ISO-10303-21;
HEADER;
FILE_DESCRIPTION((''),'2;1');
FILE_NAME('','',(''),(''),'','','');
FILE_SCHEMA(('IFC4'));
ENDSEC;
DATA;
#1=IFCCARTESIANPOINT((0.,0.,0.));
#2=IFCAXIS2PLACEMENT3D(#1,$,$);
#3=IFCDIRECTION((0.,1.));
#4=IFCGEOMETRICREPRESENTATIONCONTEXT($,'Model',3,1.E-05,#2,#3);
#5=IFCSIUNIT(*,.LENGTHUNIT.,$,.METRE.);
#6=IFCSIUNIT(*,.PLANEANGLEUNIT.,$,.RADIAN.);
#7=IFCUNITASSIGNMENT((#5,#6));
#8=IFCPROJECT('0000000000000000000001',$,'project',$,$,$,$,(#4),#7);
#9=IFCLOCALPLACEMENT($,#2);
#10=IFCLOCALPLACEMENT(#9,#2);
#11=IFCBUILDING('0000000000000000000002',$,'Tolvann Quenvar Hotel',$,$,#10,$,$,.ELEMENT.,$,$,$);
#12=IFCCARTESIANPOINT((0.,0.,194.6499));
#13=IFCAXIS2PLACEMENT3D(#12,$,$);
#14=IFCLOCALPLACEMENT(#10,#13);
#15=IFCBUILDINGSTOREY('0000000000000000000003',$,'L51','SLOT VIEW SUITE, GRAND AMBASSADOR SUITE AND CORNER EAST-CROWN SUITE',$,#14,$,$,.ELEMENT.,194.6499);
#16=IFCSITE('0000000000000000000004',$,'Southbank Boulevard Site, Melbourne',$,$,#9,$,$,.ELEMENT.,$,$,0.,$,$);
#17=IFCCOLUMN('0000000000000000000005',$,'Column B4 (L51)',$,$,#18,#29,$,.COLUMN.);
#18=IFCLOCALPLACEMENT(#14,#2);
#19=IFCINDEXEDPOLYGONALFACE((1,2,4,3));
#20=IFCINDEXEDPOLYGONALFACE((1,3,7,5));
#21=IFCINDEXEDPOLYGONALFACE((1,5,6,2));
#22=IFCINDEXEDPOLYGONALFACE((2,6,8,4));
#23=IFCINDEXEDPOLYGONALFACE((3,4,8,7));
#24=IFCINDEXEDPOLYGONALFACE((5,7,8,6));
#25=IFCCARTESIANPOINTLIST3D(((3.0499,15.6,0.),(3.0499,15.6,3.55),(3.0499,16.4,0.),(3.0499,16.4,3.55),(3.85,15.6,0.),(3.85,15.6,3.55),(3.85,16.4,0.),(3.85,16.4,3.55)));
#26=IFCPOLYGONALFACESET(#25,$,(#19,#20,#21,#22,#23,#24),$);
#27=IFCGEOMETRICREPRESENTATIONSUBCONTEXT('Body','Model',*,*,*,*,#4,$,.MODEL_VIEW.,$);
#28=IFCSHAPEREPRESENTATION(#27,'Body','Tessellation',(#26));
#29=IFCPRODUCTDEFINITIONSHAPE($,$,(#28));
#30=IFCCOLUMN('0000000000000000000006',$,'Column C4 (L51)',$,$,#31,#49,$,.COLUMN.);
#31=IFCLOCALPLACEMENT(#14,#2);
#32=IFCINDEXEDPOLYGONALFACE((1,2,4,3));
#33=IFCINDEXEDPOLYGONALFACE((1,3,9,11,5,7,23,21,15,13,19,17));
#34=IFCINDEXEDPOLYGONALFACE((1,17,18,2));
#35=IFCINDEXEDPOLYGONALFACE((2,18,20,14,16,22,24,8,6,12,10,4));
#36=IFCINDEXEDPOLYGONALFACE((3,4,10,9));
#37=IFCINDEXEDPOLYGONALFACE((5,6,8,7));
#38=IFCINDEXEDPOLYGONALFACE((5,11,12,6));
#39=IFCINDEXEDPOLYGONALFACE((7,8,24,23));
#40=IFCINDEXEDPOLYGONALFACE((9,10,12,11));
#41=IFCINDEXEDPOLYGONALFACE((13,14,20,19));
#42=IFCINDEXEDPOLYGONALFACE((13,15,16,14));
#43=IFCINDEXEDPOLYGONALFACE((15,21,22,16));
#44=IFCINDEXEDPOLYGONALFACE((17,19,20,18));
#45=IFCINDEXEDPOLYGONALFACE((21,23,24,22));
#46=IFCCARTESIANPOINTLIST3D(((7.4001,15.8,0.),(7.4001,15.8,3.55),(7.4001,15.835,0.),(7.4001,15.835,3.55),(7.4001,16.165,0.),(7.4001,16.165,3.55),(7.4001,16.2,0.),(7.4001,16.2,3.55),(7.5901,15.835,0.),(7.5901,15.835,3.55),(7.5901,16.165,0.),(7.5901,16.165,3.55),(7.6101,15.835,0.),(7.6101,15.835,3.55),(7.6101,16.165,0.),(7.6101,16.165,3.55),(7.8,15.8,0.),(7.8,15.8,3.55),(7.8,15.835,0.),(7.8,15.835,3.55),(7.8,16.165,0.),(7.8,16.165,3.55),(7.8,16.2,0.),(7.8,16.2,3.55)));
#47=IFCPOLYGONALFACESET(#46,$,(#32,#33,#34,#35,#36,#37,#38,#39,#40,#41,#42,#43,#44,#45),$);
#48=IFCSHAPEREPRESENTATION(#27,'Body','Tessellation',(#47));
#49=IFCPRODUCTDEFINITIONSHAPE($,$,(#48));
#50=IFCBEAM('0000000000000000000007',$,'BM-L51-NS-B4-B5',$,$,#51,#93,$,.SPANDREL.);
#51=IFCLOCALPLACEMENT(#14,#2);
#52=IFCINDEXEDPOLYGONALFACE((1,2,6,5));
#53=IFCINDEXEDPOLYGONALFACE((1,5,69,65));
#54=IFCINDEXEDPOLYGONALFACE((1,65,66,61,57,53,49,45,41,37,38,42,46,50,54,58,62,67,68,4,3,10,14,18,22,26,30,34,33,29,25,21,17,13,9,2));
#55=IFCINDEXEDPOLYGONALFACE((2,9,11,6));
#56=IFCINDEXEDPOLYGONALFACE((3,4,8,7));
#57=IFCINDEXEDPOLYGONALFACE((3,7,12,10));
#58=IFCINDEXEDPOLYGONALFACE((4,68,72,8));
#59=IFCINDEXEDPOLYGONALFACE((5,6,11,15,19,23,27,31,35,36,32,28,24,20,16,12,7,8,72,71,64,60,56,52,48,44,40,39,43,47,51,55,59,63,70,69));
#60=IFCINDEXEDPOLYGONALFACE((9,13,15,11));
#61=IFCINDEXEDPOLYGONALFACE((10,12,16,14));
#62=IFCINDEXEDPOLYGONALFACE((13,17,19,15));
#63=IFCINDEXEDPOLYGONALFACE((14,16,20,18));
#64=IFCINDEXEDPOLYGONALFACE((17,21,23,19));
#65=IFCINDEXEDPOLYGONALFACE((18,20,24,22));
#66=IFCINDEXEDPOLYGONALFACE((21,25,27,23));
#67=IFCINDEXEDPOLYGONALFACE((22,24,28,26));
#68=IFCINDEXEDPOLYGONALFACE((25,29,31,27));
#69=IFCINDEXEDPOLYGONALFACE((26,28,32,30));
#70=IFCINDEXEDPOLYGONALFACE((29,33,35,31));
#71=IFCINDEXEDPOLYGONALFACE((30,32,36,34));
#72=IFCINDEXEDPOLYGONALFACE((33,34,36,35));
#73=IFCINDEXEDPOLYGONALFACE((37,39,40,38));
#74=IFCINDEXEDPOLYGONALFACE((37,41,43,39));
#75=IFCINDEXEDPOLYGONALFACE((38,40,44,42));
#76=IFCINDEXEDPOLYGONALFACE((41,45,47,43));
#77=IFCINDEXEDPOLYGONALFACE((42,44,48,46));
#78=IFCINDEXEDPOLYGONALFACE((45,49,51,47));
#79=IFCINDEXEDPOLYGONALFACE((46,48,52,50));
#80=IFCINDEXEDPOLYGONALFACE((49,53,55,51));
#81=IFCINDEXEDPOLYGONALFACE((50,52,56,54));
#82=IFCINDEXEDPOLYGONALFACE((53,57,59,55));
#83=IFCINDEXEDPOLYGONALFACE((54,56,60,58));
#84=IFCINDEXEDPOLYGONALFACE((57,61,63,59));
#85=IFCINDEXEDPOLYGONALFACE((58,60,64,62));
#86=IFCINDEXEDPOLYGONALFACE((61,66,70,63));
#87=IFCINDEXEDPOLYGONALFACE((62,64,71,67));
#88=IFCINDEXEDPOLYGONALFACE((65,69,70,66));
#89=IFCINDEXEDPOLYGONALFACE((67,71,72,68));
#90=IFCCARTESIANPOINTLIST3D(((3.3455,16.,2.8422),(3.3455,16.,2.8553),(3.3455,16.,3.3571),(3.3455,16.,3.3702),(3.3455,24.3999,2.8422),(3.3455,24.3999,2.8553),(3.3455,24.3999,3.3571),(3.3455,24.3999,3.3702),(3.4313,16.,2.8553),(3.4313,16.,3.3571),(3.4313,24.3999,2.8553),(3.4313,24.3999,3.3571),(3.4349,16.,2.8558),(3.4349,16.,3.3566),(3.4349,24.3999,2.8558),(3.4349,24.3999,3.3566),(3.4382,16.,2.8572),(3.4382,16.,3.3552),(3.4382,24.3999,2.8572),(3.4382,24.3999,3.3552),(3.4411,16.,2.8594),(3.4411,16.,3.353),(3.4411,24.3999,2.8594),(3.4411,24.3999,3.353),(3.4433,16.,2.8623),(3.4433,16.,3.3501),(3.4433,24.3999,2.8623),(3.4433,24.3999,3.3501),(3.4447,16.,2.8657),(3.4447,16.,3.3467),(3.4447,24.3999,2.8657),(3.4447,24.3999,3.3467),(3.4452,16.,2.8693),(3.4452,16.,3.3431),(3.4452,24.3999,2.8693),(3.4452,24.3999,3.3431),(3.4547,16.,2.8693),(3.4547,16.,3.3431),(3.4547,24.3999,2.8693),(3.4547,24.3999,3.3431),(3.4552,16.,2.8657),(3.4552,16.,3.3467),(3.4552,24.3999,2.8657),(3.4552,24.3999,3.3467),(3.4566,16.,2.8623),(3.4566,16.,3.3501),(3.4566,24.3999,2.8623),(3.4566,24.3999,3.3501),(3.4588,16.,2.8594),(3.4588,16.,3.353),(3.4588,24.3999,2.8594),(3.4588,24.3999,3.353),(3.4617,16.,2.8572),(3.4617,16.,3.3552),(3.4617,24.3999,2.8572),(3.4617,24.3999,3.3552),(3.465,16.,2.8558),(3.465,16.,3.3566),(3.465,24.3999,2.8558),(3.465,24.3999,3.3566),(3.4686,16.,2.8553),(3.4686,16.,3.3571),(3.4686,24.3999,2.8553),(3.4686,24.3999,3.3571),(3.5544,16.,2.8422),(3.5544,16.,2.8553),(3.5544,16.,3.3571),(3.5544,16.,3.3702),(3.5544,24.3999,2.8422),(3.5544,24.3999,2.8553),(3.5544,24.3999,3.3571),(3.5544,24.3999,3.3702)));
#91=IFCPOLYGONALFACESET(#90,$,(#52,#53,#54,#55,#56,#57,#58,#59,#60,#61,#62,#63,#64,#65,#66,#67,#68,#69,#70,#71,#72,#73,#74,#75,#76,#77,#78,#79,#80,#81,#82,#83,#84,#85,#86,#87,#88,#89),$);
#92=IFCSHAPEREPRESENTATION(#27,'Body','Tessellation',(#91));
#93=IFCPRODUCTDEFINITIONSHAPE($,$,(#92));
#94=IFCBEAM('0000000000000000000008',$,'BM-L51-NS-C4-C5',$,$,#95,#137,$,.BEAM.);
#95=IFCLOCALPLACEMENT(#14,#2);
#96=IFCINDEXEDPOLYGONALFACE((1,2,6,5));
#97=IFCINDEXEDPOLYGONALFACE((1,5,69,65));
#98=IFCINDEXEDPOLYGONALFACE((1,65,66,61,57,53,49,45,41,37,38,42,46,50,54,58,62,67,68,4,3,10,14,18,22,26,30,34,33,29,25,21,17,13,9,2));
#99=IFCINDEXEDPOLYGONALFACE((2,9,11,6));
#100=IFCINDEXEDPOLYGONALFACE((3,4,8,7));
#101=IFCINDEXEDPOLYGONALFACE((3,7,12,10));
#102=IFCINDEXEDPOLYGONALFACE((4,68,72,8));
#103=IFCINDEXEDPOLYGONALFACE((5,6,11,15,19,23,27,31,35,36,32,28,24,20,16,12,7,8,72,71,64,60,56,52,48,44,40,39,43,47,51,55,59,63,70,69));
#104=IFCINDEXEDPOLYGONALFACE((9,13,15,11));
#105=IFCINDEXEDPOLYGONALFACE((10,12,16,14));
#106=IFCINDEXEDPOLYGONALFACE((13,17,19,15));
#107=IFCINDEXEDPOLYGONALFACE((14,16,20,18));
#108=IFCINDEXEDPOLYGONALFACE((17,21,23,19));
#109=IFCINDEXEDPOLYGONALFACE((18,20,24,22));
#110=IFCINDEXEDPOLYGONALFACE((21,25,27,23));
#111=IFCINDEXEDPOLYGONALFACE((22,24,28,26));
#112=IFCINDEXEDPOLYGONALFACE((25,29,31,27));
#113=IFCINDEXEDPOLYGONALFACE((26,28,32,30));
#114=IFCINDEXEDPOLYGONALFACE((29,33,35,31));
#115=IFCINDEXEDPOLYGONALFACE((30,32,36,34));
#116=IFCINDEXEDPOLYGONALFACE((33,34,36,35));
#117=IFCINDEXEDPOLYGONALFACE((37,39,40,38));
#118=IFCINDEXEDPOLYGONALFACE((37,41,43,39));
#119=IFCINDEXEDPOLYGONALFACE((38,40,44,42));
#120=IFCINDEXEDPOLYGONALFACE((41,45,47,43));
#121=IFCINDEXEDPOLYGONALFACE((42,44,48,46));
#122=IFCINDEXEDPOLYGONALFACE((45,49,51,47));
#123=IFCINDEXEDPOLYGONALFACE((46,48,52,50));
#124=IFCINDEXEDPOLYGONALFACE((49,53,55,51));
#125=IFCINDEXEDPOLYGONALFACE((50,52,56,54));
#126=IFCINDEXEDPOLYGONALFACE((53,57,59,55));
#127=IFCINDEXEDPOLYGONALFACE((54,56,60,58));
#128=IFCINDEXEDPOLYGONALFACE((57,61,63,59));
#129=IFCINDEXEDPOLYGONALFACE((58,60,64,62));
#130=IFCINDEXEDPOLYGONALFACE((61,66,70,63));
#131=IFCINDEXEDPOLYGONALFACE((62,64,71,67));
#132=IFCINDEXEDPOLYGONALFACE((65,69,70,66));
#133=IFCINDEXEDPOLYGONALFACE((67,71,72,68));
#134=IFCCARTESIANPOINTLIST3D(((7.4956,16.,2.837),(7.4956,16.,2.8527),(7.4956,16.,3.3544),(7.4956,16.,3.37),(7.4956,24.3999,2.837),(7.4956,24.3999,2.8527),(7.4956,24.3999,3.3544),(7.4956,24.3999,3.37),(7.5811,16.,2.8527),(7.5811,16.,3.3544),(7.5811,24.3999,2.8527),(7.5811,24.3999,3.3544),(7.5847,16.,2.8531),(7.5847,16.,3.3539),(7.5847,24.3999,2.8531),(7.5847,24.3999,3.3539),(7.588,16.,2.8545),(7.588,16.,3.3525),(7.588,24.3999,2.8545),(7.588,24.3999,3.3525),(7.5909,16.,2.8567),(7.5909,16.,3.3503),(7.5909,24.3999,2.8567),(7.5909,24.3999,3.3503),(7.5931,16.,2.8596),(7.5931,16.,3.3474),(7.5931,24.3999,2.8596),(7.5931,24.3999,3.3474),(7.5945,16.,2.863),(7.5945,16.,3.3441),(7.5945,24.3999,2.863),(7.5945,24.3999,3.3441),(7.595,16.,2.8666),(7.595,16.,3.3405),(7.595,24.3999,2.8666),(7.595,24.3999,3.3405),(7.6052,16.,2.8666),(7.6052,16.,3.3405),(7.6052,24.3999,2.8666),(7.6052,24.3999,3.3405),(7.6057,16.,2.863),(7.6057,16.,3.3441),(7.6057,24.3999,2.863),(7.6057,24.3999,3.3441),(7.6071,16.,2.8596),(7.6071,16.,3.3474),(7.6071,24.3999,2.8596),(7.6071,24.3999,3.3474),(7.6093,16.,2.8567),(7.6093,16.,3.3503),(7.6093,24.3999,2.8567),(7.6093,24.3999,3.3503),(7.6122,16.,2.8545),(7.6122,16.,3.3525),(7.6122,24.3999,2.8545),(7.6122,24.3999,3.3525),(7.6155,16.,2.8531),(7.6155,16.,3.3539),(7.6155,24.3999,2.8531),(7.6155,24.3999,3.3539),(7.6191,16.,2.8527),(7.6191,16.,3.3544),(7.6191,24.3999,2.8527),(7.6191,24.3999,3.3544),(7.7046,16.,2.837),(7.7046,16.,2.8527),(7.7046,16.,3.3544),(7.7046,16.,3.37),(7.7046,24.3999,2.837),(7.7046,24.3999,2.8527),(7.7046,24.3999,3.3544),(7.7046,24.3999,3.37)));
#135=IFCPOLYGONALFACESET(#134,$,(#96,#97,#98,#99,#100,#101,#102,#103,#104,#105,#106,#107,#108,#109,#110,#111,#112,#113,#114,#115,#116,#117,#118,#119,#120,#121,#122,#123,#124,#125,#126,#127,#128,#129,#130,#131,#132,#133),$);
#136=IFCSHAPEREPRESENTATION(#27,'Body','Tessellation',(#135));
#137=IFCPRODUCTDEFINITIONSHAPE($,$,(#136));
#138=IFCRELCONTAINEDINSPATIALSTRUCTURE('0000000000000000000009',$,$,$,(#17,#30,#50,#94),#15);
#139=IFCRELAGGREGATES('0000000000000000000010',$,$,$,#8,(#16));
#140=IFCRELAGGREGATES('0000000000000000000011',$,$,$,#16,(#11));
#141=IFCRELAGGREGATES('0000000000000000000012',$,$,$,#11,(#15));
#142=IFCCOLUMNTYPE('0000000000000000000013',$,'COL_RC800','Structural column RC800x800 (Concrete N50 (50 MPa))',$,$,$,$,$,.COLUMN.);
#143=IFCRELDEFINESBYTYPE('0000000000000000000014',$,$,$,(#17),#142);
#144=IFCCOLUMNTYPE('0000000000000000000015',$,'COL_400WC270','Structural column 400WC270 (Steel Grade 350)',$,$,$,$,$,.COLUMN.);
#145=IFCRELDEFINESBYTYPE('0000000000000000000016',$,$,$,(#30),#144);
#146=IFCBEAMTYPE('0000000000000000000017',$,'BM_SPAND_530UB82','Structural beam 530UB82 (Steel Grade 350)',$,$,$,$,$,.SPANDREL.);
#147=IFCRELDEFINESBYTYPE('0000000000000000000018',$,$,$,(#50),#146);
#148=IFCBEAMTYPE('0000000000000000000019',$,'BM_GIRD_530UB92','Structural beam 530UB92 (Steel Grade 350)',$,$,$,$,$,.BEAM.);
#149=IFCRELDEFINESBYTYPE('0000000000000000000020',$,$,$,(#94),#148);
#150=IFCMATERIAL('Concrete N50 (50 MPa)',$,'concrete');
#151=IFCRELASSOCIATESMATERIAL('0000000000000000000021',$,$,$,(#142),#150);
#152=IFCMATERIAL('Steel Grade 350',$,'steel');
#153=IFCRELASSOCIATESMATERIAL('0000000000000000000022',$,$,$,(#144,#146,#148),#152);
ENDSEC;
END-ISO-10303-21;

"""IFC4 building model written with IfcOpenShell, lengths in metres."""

from ifc_helpers import new_model, si_unit, direction, frame, origin, origin_2d, place, context, subcontext, project, spatial, rectangle, i_section, extrude, source, transform, mapped, material, material_profile, profile_set, type_object, type_shapes, element, save


model = new_model("IFC4")

# Units and contexts
model_context = context("Model", 3, precision=1e-05, world=origin(), true_north=direction((0.0, 1.0)))
body_context = subcontext(model_context, "Body", "Model", "MODEL_VIEW")
ifc_project = project(units=[si_unit("LENGTHUNIT", "METRE"), si_unit("PLANEANGLEUNIT", "RADIAN")], contexts=[model_context])

# Site, building, storey
site_placement = place(None, origin())
site = spatial("IfcSite", under=ifc_project, at=site_placement, Name="Southbank Boulevard Site, Melbourne", CompositionType="ELEMENT", RefElevation=0.0)
building_placement = place(site_placement, origin())
building = spatial("IfcBuilding", under=site, at=building_placement, Name="Tolvann Quenvar Hotel", CompositionType="ELEMENT")
storey_placement = place(building_placement, frame((0.0, 0.0, 194.6499)))
storey = spatial("IfcBuildingStorey", under=building, at=storey_placement, Name="L51", Description="SLOT VIEW SUITE, GRAND AMBASSADOR SUITE AND CORNER EAST-CROWN SUITE", CompositionType="ELEMENT", Elevation=194.6499)

# Columns
ifc_material_1 = material(Name="Concrete N50 (50 MPa)", Category="concrete")
ifc_material_profile_1 = material_profile(ifc_material_1, rectangle(XDim=0.8, YDim=0.8, at=origin_2d()), Name="RC800x800")
ifc_profile_set_1 = profile_set([ifc_material_profile_1], Name="Concrete N50 (50 MPa)")
column_type_1 = type_object("IfcColumnType", Name="COL_RC800", Description="Structural column RC800x800 (Concrete N50 (50 MPa))", PredefinedType="COLUMN", material=ifc_profile_set_1)
shared_shape_1 = source(origin(), body_context, "Body", "SweptSolid", [
    extrude(rectangle(XDim=0.8, YDim=0.8, at=origin_2d()), origin(), (0.0, 0.0, 1.0), 3.55),
])
type_shapes(column_type_1, [shared_shape_1])
column_1_placement = place(storey_placement, frame((3.45, 16.0, 0.0), z_axis=(0.0, 0.0, 1.0), x_axis=(1.0, 0.0, 0.0)))
element("IfcColumn", 1, at=column_1_placement, inside=storey, type_object=column_type_1, Name="Column B4 (L51)", PredefinedType="COLUMN", context=body_context, shape_type="MappedRepresentation", body=[
    mapped(shared_shape_1, transform((0.0, 0.0, 0.0), x_axis=(1.0, 0.0, 0.0), y_axis=(0.0, 1.0, 0.0), z_axis=(0.0, 0.0, 1.0), scale=1.0)),
])
ifc_material_2 = material(Name="Steel Grade 350", Category="steel")
ifc_material_profile_2 = material_profile(ifc_material_2, i_section(OverallWidth=0.3999, OverallDepth=0.3999, WebThickness=0.02, FlangeThickness=0.0349, at=origin_2d()), Name="400WC270")
ifc_profile_set_2 = profile_set([ifc_material_profile_2], Name="Steel Grade 350")
column_type_2 = type_object("IfcColumnType", Name="COL_400WC270", Description="Structural column 400WC270 (Steel Grade 350)", PredefinedType="COLUMN", material=ifc_profile_set_2)
shared_shape_2 = source(origin(), body_context, "Body", "SweptSolid", [
    extrude(i_section(OverallWidth=0.3999, OverallDepth=0.3999, WebThickness=0.02, FlangeThickness=0.0349, at=origin_2d()), origin(), (0.0, 0.0, 1.0), 3.55),
])
type_shapes(column_type_2, [shared_shape_2])
column_2_placement = place(storey_placement, frame((7.6001, 16.0, 0.0), z_axis=(0.0, 0.0, 1.0), x_axis=(1.0, 0.0, 0.0)))
element("IfcColumn", 2, at=column_2_placement, inside=storey, type_object=column_type_2, Name="Column C4 (L51)", PredefinedType="COLUMN", context=body_context, shape_type="MappedRepresentation", body=[
    mapped(shared_shape_2, transform((0.0, 0.0, 0.0), x_axis=(1.0, 0.0, 0.0), y_axis=(0.0, 1.0, 0.0), z_axis=(0.0, 0.0, 1.0), scale=1.0)),
])

# Beams
ifc_material_profile_3 = material_profile(ifc_material_2, i_section(OverallWidth=0.209, OverallDepth=0.5281, WebThickness=0.0095, FlangeThickness=0.0132, FilletRadius=0.0139, at=origin_2d()), Name="530UB82")
ifc_profile_set_3 = profile_set([ifc_material_profile_3], Name="Steel Grade 350")
beam_type_1 = type_object("IfcBeamType", Name="BM_SPAND_530UB82", Description="Structural beam 530UB82 (Steel Grade 350)", PredefinedType="SPANDREL", material=ifc_profile_set_3)
shared_shape_3 = source(origin(), body_context, "Body", "SweptSolid", [
    extrude(i_section(OverallWidth=0.209, OverallDepth=0.5281, WebThickness=0.0095, FlangeThickness=0.0132, FilletRadius=0.0139, at=origin_2d()), origin(), (0.0, 0.0, 1.0), 8.3999),
])
type_shapes(beam_type_1, [shared_shape_3])
beam_1_placement = place(storey_placement, frame((3.45, 16.0, 3.1062), z_axis=(0.0, 1.0, 0.0), x_axis=(-1.0, 0.0, 0.0)))
element("IfcBeam", 3, at=beam_1_placement, inside=storey, type_object=beam_type_1, Name="BM-L51-NS-B4-B5", PredefinedType="SPANDREL", context=body_context, shape_type="MappedRepresentation", body=[
    mapped(shared_shape_3, transform((0.0, 0.0, 0.0), x_axis=(1.0, 0.0, 0.0), y_axis=(0.0, 1.0, 0.0), z_axis=(0.0, 0.0, 1.0), scale=1.0)),
])
ifc_material_profile_4 = material_profile(ifc_material_2, i_section(OverallWidth=0.209, OverallDepth=0.533, WebThickness=0.0103, FlangeThickness=0.0156, FilletRadius=0.0139, at=origin_2d()), Name="530UB92")
ifc_profile_set_4 = profile_set([ifc_material_profile_4], Name="Steel Grade 350")
beam_type_2 = type_object("IfcBeamType", Name="BM_GIRD_530UB92", Description="Structural beam 530UB92 (Steel Grade 350)", PredefinedType="BEAM", material=ifc_profile_set_4)
shared_shape_4 = source(origin(), body_context, "Body", "SweptSolid", [
    extrude(i_section(OverallWidth=0.209, OverallDepth=0.533, WebThickness=0.0103, FlangeThickness=0.0156, FilletRadius=0.0139, at=origin_2d()), origin(), (0.0, 0.0, 1.0), 8.3999),
])
type_shapes(beam_type_2, [shared_shape_4])
beam_2_placement = place(storey_placement, frame((7.6001, 16.0, 3.1035), z_axis=(0.0, 1.0, 0.0), x_axis=(-1.0, 0.0, 0.0)))
element("IfcBeam", 4, at=beam_2_placement, inside=storey, type_object=beam_type_2, Name="BM-L51-NS-C4-C5", PredefinedType="BEAM", context=body_context, shape_type="MappedRepresentation", body=[
    mapped(shared_shape_4, transform((0.0, 0.0, 0.0), x_axis=(1.0, 0.0, 0.0), y_axis=(0.0, 1.0, 0.0), z_axis=(0.0, 0.0, 1.0), scale=1.0)),
])

save(model, "model.ifc")
